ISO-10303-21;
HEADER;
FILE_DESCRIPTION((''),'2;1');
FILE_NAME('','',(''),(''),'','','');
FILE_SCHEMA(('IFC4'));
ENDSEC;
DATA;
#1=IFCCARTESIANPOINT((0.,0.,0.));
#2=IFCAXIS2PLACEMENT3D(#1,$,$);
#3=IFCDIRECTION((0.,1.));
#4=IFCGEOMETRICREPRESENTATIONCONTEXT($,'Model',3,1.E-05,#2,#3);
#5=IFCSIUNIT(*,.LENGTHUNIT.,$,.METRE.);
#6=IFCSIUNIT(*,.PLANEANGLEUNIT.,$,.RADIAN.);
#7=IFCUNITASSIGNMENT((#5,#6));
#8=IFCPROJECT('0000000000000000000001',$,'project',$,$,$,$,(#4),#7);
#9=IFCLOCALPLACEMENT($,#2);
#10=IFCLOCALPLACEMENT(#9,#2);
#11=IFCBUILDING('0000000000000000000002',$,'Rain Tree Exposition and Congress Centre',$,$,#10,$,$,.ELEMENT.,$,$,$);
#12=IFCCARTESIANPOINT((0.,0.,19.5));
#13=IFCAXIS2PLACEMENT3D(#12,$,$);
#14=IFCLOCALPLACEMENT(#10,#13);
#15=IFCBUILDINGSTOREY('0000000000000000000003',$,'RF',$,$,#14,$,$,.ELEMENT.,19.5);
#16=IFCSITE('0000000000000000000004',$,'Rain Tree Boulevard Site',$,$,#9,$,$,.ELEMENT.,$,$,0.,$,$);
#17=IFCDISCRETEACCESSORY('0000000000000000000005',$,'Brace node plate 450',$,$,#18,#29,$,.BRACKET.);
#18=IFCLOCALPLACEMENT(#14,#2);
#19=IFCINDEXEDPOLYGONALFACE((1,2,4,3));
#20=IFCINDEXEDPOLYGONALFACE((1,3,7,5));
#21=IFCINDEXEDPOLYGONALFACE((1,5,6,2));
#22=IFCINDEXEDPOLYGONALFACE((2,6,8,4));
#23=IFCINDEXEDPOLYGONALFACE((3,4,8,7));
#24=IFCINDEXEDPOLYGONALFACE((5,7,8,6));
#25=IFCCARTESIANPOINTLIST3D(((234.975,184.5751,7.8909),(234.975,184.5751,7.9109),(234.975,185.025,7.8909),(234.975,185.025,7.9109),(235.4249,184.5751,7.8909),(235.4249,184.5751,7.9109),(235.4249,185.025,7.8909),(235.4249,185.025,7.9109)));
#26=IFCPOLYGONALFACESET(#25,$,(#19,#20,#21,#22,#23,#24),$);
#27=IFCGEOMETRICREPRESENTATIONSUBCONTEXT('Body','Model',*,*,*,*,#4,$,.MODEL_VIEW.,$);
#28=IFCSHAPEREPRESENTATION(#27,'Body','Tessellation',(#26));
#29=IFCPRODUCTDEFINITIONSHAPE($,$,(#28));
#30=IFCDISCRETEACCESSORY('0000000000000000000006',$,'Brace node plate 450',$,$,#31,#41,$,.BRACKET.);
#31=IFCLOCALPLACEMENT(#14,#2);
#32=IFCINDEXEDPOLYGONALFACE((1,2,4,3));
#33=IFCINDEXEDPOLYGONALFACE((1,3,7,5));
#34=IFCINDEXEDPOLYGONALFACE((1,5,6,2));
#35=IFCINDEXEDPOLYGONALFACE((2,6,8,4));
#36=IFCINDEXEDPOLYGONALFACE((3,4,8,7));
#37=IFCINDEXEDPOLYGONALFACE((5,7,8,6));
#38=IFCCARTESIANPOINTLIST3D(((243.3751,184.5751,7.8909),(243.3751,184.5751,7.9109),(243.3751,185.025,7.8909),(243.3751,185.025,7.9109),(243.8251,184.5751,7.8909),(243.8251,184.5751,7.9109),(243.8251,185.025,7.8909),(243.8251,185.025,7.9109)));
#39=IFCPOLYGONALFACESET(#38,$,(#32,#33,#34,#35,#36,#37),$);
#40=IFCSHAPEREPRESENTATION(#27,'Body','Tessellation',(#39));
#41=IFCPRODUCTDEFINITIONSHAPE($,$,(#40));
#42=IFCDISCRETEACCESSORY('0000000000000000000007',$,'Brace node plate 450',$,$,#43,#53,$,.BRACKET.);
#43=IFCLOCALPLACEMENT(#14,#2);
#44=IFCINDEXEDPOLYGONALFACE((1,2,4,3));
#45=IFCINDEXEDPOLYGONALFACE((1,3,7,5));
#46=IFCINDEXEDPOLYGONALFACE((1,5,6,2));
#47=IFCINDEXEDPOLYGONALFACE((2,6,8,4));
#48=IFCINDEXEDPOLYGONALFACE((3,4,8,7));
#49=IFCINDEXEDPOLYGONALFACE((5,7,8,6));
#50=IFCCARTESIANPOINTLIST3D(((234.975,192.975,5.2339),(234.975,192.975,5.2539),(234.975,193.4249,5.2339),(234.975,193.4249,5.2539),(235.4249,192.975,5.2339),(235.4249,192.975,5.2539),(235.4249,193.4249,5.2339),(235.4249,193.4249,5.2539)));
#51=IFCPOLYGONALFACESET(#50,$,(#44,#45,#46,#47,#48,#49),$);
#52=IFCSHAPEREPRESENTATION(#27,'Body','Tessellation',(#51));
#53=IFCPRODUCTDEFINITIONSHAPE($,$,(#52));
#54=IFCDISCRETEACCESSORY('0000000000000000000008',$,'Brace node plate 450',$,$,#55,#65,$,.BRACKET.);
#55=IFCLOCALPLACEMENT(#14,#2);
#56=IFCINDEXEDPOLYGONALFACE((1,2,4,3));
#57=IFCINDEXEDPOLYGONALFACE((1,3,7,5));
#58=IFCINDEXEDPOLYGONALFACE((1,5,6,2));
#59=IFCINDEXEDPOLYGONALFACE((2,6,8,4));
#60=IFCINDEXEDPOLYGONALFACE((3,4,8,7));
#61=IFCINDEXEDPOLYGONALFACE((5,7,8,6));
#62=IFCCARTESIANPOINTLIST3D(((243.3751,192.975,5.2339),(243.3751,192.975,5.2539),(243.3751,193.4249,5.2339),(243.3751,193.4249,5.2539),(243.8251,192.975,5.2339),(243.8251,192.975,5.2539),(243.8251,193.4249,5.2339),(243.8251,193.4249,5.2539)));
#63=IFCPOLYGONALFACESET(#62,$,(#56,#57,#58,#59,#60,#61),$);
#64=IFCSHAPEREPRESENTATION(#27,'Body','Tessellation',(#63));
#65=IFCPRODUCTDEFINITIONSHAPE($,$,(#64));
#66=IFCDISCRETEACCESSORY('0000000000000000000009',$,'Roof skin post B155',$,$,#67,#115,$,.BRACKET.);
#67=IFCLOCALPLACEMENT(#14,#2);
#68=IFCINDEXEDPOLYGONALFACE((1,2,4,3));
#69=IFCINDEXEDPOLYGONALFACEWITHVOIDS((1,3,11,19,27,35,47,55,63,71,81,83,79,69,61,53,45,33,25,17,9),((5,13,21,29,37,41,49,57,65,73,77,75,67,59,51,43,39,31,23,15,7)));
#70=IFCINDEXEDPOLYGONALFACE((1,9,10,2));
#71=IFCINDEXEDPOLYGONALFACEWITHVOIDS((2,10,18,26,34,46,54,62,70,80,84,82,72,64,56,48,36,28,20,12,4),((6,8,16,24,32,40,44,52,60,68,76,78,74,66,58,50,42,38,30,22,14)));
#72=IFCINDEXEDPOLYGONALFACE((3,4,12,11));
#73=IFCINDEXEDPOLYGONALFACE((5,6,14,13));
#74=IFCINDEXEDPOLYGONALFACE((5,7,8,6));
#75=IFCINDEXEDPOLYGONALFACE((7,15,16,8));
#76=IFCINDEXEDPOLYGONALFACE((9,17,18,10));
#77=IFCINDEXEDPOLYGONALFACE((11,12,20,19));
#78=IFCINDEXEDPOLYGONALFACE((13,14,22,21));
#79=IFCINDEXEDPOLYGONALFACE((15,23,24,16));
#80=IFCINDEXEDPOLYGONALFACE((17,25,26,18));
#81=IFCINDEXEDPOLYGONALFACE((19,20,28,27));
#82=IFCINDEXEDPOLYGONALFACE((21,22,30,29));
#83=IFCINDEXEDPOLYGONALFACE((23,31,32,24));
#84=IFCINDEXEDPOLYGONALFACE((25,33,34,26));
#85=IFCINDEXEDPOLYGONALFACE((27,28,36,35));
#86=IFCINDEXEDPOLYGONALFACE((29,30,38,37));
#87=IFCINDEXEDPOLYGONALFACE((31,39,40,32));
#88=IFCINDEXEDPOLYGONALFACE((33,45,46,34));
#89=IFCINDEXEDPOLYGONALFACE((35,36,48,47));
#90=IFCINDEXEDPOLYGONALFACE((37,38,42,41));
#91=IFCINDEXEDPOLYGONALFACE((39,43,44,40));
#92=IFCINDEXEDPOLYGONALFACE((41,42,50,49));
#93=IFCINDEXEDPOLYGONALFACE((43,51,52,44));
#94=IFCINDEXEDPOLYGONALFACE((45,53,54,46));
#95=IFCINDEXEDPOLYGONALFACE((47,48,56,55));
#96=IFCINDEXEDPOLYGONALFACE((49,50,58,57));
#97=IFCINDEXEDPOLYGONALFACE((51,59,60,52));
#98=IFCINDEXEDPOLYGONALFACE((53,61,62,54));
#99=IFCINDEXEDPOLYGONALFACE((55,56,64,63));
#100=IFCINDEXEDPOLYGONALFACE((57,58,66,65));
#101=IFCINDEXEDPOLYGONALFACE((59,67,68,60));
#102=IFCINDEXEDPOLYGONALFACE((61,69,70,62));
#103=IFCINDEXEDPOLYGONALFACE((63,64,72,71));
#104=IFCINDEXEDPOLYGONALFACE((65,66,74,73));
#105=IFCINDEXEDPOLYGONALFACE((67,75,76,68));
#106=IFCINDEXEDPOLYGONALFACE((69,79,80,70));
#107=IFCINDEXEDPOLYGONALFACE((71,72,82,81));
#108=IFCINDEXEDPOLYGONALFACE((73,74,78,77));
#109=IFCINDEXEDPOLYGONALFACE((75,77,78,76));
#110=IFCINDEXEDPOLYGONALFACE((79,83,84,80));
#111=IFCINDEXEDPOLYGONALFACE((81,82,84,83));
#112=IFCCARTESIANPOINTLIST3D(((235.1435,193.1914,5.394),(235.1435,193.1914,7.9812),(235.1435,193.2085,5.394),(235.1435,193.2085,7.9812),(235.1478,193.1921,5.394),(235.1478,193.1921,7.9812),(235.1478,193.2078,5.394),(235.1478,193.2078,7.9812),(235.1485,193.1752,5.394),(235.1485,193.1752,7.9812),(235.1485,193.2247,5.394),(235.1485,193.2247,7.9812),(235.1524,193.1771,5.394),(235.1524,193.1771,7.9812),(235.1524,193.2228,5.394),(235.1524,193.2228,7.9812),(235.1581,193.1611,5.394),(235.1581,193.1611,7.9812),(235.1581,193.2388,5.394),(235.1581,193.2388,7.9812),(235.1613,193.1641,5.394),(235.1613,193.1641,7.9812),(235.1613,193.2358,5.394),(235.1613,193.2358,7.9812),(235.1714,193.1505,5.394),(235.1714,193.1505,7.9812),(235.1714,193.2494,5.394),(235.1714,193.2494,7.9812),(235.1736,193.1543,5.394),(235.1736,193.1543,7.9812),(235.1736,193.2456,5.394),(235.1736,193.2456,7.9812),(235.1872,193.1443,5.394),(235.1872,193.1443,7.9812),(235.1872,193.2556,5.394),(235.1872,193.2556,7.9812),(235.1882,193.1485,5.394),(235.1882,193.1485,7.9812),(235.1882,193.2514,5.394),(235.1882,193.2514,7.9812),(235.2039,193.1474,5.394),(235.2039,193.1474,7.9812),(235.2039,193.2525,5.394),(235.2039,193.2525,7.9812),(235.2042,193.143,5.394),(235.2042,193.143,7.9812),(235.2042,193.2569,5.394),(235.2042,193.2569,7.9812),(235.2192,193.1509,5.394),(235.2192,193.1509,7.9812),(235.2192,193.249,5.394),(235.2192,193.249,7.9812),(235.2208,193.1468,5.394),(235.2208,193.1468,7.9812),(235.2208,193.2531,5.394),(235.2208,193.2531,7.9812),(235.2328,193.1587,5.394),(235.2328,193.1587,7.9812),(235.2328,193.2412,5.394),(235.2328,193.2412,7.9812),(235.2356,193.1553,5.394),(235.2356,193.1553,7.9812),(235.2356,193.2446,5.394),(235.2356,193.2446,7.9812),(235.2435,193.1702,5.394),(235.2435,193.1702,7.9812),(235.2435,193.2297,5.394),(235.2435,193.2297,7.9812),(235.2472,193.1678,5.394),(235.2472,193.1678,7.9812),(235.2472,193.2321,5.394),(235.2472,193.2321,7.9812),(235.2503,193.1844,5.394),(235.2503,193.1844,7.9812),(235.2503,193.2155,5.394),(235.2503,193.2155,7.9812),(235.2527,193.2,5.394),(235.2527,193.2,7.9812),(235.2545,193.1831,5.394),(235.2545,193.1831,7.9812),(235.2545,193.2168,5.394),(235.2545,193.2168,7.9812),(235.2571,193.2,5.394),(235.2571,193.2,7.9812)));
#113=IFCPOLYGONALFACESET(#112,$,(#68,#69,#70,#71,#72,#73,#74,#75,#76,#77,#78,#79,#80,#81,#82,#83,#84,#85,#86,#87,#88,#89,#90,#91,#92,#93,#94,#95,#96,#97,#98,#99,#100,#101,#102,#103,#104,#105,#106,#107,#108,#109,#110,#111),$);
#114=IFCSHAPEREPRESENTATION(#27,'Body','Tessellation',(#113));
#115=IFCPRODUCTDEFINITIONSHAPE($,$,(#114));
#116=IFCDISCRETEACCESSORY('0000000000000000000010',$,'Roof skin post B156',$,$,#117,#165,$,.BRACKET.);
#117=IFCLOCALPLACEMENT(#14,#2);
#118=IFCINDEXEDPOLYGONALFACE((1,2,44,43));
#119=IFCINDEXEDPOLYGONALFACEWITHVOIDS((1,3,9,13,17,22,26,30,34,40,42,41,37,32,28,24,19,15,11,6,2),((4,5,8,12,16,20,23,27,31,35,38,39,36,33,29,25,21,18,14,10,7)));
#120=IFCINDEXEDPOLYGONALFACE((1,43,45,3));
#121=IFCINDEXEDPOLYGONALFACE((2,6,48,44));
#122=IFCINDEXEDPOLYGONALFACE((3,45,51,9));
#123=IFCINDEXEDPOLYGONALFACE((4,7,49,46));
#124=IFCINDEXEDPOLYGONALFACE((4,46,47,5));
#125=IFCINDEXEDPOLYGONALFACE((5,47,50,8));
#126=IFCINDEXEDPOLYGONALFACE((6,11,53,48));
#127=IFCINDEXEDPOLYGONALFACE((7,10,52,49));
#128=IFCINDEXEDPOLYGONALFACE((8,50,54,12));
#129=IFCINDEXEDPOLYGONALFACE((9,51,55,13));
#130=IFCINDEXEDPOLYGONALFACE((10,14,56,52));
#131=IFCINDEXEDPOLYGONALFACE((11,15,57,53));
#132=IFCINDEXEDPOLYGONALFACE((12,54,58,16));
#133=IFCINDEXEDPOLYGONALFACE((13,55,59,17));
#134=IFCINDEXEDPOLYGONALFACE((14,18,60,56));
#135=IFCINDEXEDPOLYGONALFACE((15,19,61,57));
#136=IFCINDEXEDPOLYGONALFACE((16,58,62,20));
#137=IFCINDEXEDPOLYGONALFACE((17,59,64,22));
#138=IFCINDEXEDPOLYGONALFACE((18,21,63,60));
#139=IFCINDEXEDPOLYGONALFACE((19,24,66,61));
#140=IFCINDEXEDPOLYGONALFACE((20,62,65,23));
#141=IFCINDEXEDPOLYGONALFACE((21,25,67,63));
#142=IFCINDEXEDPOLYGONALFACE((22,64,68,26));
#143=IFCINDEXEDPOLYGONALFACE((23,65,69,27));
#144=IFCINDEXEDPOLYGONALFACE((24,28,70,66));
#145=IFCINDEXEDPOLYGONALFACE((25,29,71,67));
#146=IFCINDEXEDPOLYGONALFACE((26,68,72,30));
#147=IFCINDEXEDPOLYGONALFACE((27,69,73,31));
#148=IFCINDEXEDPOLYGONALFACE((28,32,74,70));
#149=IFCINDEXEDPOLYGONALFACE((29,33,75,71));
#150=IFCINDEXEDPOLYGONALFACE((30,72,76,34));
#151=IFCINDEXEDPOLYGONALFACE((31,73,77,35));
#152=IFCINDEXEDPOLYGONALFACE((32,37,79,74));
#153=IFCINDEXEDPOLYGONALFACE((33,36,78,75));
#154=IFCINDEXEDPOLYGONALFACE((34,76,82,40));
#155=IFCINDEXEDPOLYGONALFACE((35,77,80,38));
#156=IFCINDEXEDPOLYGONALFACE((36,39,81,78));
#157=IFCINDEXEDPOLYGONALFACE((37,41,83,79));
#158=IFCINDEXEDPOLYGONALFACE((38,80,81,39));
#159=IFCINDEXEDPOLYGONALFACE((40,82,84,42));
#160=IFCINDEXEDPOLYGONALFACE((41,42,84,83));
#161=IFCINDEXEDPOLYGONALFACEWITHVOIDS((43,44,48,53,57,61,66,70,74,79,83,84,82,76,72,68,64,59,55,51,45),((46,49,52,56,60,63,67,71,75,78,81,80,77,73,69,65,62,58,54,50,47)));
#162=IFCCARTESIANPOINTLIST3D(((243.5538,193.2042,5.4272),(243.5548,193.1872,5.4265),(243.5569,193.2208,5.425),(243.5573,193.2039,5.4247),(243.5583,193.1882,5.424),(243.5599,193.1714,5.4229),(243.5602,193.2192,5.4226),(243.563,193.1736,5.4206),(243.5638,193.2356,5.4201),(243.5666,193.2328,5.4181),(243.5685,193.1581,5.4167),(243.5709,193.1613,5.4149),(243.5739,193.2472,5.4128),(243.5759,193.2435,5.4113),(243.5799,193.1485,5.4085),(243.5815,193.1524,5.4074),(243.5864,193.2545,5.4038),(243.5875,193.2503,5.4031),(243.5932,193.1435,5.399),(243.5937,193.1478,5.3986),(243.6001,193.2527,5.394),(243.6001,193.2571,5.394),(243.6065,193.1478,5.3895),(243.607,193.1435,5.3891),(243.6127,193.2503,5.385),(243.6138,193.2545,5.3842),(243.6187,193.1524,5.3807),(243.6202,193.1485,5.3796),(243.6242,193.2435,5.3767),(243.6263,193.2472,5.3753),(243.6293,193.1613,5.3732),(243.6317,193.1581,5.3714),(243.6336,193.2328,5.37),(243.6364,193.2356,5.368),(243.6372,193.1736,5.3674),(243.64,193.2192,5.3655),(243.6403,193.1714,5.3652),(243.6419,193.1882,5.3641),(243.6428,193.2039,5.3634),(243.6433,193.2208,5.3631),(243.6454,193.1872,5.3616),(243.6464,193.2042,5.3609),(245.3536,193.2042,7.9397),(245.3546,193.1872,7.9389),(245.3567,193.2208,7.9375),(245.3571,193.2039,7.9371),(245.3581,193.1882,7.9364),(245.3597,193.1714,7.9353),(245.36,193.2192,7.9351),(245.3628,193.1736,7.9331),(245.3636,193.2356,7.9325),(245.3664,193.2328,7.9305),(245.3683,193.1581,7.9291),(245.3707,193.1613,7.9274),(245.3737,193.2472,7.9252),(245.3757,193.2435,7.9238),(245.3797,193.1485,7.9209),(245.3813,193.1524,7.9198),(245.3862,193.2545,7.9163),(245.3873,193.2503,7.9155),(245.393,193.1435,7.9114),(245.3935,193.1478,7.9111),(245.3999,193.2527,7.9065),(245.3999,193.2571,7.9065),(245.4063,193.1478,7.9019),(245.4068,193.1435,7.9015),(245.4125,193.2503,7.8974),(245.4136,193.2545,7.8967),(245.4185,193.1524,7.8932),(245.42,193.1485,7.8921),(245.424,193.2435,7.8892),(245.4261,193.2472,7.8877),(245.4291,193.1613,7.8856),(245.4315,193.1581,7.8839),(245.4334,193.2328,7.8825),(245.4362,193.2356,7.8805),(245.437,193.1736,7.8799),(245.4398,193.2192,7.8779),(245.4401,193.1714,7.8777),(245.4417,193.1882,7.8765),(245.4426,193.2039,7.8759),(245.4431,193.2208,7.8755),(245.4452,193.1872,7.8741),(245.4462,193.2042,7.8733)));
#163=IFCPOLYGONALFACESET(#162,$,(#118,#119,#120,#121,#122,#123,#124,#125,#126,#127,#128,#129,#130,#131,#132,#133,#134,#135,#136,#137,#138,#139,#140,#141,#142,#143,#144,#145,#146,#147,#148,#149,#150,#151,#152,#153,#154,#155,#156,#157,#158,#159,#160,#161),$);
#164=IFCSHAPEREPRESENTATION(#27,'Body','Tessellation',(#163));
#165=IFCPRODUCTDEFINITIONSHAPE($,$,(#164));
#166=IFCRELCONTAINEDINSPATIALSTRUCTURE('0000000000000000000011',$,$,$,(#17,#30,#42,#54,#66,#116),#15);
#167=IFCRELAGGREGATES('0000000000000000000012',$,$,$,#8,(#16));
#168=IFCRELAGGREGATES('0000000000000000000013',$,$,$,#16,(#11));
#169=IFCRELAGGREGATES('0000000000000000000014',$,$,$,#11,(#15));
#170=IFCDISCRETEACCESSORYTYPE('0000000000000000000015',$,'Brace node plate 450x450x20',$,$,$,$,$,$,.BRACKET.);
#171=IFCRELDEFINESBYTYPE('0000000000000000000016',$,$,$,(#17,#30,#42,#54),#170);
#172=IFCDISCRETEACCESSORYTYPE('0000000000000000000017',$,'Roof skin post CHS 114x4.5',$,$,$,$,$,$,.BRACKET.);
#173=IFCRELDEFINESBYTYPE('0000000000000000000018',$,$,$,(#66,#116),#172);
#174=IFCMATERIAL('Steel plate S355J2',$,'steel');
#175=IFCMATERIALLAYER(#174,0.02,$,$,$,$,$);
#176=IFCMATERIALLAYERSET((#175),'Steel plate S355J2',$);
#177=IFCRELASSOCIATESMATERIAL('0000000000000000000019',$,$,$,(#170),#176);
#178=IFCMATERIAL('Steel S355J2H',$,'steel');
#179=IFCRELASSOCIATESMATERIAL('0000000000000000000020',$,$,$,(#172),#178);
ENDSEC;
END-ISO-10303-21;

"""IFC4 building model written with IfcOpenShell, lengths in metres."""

from ifc_helpers import new_model, si_unit, direction, frame, origin, origin_2d, place, context, subcontext, project, spatial, rectangle, hollow_circle, extrude, material, layer, layer_set, material_profile, profile_set, type_object, element, save


model = new_model("IFC4")

# Units and contexts
model_context = context("Model", 3, precision=1e-05, world=origin(), true_north=direction((0.0, 1.0)))
body_context = subcontext(model_context, "Body", "Model", "MODEL_VIEW")
ifc_project = project(units=[si_unit("LENGTHUNIT", "METRE"), si_unit("PLANEANGLEUNIT", "RADIAN")], contexts=[model_context])

# Site, building, storey
site_placement = place(None, origin())
site = spatial("IfcSite", under=ifc_project, at=site_placement, Name="Rain Tree Boulevard Site", CompositionType="ELEMENT", RefElevation=0.0)
building_placement = place(site_placement, origin())
building = spatial("IfcBuilding", under=site, at=building_placement, Name="Rain Tree Exposition and Congress Centre", CompositionType="ELEMENT")
storey_placement = place(building_placement, frame((0.0, 0.0, 19.5)))
storey = spatial("IfcBuildingStorey", under=building, at=storey_placement, Name="RF", CompositionType="ELEMENT", Elevation=19.5)

# Discrete accessories
ifc_material_1 = material(Name="Steel plate S355J2", Category="steel")
ifc_layer_1 = layer(ifc_material_1, 0.02)
ifc_layer_set_1 = layer_set([ifc_layer_1], Name="Steel plate S355J2")
discrete_accessory_type_1 = type_object("IfcDiscreteAccessoryType", Name="Brace node plate 450x450x20", PredefinedType="BRACKET", material=ifc_layer_set_1)
for number, where, z_axis, x_axis, name in (
    (1, (235.2, 184.8, 7.8909), (0.0, 0.0, 1.0), (1.0, 0.0, 0.0), "Brace node plate 450"),
    (2, (243.6001, 184.8, 7.8909), (0.0, 0.0, 1.0), (1.0, 0.0, 0.0), "Brace node plate 450"),
    (3, (235.2, 193.2, 5.2339), (0.0, 0.0, 1.0), (1.0, 0.0, 0.0), "Brace node plate 450"),
    (4, (243.6001, 193.2, 5.2339), (0.0, 0.0, 1.0), (1.0, 0.0, 0.0), "Brace node plate 450"),
):
    element("IfcDiscreteAccessory", number, at=place(storey_placement, frame(where, z_axis=z_axis, x_axis=x_axis)), inside=storey, type_object=discrete_accessory_type_1, Name=name, PredefinedType="BRACKET", context=body_context, shape_type="SweptSolid", body=[
        extrude(rectangle(XDim=0.45, YDim=0.45, at=origin_2d()), origin(), (0.0, 0.0, 1.0), 0.02),
    ])
ifc_material_2 = material(Name="Steel S355J2H", Category="steel")
ifc_material_profile_1 = material_profile(ifc_material_2, hollow_circle(Radius=0.0571, WallThickness=0.0044, at=origin_2d()), Name="CHS 114x4.5")
ifc_profile_set_1 = profile_set([ifc_material_profile_1], Name="Steel S355J2H")
discrete_accessory_type_2 = type_object("IfcDiscreteAccessoryType", Name="Roof skin post CHS 114x4.5", PredefinedType="BRACKET", material=ifc_profile_set_1)
discrete_accessory_1_placement = place(storey_placement, frame((235.2, 193.2, 5.394), z_axis=(0.0, 0.0, 1.0), x_axis=(1.0, 0.0, 0.0)))
element("IfcDiscreteAccessory", 5, at=discrete_accessory_1_placement, inside=storey, type_object=discrete_accessory_type_2, Name="Roof skin post B155", PredefinedType="BRACKET", context=body_context, shape_type="SweptSolid", body=[
    extrude(hollow_circle(Radius=0.0571, WallThickness=0.0044, at=origin_2d()), origin(), (0.0, 0.0, 1.0), 2.5872),
])
discrete_accessory_2_placement = place(storey_placement, frame((243.6001, 193.2, 5.394), z_axis=(0.582351, 0.0, 0.812937), x_axis=(0.0, 1.0, 0.0)))
element("IfcDiscreteAccessory", 6, at=discrete_accessory_2_placement, inside=storey, type_object=discrete_accessory_type_2, Name="Roof skin post B156", PredefinedType="BRACKET", context=body_context, shape_type="SweptSolid", body=[
    extrude(hollow_circle(Radius=0.0571, WallThickness=0.0044, at=origin_2d()), origin(), (0.0, 0.0, 1.0), 3.0906),
])

save(model, "model.ifc")
